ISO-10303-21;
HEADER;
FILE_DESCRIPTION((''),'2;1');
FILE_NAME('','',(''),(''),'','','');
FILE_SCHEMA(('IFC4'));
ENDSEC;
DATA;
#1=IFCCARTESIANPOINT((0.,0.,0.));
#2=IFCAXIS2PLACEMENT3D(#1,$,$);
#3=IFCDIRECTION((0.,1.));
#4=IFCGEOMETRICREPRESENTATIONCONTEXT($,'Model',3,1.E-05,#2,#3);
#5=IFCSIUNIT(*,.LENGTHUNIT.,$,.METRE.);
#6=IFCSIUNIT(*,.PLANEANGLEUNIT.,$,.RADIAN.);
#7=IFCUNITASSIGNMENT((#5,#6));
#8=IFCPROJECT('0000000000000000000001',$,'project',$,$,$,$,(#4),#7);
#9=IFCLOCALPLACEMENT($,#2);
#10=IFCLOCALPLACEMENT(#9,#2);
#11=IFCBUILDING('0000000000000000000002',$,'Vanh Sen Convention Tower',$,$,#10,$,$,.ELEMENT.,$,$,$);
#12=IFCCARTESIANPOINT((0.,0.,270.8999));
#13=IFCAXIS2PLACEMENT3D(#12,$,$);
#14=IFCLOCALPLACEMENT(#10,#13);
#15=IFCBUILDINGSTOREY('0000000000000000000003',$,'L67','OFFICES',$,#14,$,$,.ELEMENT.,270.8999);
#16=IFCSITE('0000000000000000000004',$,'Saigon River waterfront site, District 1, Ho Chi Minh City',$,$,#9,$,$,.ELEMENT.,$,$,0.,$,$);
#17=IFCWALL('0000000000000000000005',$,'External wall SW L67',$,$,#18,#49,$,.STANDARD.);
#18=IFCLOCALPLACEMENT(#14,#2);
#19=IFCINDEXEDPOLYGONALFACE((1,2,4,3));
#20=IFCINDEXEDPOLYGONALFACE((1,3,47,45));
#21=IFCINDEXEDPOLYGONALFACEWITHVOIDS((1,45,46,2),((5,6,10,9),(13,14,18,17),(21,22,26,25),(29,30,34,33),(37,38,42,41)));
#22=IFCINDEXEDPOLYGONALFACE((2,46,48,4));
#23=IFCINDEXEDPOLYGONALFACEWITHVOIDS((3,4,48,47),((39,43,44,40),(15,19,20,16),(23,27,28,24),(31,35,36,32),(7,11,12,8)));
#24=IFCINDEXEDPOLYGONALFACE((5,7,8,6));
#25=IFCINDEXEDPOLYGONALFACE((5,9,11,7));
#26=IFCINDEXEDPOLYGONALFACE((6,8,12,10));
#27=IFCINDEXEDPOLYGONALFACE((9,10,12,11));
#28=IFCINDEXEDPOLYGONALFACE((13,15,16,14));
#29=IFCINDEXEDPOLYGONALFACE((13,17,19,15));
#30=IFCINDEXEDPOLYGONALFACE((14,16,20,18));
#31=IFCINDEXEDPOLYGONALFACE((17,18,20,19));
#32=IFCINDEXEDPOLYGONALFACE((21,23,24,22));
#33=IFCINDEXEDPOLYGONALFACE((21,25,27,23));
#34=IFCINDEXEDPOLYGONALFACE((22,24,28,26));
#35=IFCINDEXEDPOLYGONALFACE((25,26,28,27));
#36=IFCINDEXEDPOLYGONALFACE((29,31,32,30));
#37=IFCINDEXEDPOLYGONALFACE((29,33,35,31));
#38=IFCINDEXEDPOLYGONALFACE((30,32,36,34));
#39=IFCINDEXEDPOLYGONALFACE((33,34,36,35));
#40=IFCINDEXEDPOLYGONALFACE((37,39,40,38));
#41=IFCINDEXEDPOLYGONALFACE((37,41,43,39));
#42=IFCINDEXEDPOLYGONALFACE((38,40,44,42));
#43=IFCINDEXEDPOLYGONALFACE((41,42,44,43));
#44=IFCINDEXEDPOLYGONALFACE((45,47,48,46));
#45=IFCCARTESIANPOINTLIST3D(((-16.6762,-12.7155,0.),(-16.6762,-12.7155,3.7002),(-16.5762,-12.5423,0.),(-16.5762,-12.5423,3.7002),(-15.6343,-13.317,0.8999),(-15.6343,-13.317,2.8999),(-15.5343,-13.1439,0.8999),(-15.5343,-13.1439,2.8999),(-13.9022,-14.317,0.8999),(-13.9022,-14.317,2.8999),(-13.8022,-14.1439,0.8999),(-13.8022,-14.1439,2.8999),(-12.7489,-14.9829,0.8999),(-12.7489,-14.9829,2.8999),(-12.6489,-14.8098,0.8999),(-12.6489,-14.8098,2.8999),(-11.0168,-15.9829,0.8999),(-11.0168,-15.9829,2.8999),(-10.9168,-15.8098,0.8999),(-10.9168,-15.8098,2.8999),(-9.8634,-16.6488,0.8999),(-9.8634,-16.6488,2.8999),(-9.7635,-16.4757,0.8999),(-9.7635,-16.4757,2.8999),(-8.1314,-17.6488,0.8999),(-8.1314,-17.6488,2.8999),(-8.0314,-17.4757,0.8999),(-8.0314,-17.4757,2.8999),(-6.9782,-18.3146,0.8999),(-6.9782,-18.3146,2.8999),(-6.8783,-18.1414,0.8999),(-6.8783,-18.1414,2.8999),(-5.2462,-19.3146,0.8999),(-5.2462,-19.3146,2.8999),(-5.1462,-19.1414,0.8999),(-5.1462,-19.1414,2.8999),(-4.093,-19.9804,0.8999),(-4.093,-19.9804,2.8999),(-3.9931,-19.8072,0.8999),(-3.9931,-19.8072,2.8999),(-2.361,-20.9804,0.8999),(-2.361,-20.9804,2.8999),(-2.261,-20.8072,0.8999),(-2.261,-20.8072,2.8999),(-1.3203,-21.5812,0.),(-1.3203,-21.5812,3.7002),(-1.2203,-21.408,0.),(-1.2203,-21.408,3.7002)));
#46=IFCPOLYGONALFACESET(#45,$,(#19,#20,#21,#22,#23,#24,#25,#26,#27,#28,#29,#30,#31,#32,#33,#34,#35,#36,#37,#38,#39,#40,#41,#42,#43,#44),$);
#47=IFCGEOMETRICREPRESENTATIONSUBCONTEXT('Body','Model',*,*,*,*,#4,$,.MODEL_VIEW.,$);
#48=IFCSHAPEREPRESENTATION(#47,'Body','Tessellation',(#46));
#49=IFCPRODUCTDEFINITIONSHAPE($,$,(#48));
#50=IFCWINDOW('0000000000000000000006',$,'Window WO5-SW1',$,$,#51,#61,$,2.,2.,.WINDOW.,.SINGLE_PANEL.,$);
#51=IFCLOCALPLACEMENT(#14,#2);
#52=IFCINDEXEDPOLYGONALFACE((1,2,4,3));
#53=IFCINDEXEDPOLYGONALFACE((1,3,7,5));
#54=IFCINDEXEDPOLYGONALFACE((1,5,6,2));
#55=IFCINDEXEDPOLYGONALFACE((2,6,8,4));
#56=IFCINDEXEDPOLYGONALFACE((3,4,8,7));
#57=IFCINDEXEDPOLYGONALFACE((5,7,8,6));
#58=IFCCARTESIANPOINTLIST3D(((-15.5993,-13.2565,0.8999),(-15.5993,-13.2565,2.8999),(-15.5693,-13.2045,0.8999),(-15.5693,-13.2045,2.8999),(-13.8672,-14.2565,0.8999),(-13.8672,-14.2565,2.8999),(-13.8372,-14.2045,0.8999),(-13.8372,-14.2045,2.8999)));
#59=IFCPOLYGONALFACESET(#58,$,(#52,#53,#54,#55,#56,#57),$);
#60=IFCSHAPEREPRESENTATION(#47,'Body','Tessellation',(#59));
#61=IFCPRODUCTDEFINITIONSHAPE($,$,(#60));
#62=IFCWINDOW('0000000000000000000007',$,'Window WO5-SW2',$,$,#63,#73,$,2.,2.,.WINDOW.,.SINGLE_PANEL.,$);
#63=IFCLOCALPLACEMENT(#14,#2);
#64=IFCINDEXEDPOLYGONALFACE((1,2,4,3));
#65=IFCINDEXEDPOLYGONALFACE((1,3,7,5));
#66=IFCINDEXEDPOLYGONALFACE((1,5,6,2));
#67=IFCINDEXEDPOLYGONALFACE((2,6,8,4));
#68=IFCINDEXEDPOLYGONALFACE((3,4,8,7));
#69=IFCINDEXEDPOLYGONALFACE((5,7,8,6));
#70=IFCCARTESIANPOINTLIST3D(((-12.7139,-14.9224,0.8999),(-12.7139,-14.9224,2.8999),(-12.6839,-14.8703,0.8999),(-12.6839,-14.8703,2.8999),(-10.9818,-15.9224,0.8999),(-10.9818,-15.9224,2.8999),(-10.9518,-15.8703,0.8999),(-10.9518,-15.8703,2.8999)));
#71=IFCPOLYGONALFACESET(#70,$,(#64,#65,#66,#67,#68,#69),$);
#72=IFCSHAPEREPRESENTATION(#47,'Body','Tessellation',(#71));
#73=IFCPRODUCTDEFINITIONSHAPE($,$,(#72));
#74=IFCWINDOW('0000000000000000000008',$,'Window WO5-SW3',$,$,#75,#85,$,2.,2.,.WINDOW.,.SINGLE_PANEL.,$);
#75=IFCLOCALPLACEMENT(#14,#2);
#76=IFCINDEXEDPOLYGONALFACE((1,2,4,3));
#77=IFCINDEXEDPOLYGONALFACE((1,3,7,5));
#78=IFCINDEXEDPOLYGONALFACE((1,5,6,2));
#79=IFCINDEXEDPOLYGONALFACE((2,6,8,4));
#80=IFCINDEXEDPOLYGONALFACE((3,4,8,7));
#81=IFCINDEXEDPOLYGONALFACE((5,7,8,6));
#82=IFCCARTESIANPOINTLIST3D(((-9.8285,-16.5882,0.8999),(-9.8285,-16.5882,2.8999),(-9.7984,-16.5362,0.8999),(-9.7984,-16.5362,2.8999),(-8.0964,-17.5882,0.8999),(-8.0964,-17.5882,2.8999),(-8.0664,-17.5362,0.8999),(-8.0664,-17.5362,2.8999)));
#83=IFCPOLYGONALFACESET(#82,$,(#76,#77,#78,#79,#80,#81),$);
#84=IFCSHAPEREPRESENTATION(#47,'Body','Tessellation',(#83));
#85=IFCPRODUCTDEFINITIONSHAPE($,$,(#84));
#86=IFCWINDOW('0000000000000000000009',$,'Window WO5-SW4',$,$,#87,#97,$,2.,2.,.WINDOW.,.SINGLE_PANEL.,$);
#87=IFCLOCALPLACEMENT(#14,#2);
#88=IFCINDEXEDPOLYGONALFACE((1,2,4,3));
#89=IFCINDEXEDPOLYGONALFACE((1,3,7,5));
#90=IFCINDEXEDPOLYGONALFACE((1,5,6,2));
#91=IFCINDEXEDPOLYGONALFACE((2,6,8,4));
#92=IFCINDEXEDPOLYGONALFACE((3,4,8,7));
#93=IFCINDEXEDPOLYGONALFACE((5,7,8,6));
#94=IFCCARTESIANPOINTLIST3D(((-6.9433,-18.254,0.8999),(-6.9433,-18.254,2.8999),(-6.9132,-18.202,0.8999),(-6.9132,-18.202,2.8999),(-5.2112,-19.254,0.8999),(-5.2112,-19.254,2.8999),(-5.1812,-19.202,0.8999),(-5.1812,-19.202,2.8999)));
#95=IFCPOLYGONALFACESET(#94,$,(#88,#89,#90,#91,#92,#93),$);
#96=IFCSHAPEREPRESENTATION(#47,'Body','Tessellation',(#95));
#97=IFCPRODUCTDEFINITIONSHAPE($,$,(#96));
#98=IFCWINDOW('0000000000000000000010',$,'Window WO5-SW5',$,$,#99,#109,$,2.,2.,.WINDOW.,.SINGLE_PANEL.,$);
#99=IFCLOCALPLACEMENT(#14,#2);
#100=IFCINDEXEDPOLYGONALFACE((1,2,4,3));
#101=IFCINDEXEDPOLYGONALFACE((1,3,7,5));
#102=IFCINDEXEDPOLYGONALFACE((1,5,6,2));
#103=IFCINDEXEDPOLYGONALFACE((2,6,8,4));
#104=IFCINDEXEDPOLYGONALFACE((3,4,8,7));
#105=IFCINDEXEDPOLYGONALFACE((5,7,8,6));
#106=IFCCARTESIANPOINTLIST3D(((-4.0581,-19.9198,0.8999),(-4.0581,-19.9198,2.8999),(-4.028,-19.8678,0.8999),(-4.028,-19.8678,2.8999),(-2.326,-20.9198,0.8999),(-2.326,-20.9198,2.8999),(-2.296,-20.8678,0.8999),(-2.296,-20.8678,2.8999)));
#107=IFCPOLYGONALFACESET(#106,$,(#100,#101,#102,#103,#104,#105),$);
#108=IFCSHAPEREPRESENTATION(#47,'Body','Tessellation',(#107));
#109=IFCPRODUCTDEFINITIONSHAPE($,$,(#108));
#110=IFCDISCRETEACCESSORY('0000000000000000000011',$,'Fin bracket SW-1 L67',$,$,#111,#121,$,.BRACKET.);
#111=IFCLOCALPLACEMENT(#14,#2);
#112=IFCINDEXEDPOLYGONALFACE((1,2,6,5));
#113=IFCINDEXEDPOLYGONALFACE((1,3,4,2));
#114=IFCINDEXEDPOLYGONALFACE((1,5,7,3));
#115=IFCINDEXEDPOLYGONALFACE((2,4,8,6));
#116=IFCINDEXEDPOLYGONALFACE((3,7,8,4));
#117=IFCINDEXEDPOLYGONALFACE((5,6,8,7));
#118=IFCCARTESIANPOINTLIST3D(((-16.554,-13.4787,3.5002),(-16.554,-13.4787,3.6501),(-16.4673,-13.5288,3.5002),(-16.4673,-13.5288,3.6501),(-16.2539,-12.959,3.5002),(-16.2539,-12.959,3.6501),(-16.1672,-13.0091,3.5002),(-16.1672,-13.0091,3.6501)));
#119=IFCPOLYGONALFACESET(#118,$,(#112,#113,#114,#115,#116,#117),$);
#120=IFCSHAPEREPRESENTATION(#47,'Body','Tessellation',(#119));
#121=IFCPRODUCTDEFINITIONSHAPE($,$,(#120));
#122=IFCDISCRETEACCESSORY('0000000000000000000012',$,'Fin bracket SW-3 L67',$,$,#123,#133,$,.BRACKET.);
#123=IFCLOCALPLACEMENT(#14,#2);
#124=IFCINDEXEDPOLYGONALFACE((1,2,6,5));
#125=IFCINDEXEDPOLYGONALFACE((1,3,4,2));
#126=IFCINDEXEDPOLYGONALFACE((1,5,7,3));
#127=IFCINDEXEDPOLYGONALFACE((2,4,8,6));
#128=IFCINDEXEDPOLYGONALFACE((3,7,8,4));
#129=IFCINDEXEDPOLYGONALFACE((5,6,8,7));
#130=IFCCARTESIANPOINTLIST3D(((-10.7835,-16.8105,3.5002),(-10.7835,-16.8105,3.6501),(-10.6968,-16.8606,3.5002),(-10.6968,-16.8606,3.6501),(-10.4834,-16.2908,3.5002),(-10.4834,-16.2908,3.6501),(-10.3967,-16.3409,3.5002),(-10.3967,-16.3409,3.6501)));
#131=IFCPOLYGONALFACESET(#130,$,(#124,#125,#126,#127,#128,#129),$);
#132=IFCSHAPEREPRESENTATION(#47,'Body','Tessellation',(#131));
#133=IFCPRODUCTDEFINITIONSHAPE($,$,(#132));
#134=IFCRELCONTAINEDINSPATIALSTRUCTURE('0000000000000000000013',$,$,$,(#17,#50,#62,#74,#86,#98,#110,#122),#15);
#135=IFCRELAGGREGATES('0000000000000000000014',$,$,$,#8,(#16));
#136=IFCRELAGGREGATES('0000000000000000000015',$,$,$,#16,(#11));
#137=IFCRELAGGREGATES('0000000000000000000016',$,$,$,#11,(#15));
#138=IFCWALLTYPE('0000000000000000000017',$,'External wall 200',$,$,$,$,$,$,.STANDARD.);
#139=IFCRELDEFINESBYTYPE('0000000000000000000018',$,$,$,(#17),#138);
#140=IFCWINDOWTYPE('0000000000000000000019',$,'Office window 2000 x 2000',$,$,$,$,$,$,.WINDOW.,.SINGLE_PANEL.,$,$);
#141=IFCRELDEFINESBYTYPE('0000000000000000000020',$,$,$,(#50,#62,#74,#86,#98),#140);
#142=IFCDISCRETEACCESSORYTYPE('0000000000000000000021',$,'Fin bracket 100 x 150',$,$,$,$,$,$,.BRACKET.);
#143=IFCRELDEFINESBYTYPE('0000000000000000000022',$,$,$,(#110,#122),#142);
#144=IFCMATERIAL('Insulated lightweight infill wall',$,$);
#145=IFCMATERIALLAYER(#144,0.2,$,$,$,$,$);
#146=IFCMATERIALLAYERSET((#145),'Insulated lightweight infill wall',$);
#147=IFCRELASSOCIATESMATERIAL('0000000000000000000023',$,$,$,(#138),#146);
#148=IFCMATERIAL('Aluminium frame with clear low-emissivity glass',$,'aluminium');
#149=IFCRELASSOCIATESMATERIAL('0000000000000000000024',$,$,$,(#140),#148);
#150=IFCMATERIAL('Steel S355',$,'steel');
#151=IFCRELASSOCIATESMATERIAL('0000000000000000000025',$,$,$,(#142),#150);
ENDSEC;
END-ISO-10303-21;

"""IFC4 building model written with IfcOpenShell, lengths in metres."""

from ifc_helpers import new_model, si_unit, direction, frame, frame_2d, origin, origin_2d, place, context, subcontext, project, spatial, rectangle, extrude, material, layer, layer_set, type_object, element, fill, save


model = new_model("IFC4")

# Units and contexts
model_context = context("Model", 3, precision=1e-05, world=origin(), true_north=direction((0.0, 1.0)))
body_context = subcontext(model_context, "Body", "Model", "MODEL_VIEW")
ifc_project = project(units=[si_unit("LENGTHUNIT", "METRE"), si_unit("PLANEANGLEUNIT", "RADIAN")], contexts=[model_context])

# Site, building, storey
site_placement = place(None, origin())
site = spatial("IfcSite", under=ifc_project, at=site_placement, Name="Saigon River waterfront site, District 1, Ho Chi Minh City", CompositionType="ELEMENT", RefElevation=0.0)
building_placement = place(site_placement, origin())
building = spatial("IfcBuilding", under=site, at=building_placement, Name="Vanh Sen Convention Tower", CompositionType="ELEMENT")
storey_placement = place(building_placement, frame((0.0, 0.0, 270.8999)))
storey = spatial("IfcBuildingStorey", under=building, at=storey_placement, Name="L67", Description="OFFICES", CompositionType="ELEMENT", Elevation=270.8999)

# Wall, openings, windows
ifc_material_1 = material(Name="Insulated lightweight infill wall")
ifc_layer_1 = layer(ifc_material_1, 0.2)
ifc_layer_set_1 = layer_set([ifc_layer_1], Name="Insulated lightweight infill wall")
wall_type_1 = type_object("IfcWallType", Name="External wall 200", PredefinedType="STANDARD", material=ifc_layer_set_1)
wall_1_placement = place(storey_placement, frame((-16.6262, -12.6289, 0.0), z_axis=(0.0, 0.0, 1.0), x_axis=(0.866026, -0.499998, 0.0)))
wall_1 = element("IfcWall", 1, at=wall_1_placement, inside=storey, type_object=wall_type_1, Name="External wall SW L67", PredefinedType="STANDARD", context=body_context, shape_type="SweptSolid", body=[
    extrude(rectangle(XDim=17.7314, YDim=0.2, at=frame_2d((8.8657, 0.0))), origin(), (0.0, 0.0, 1.0), 3.7002),
])
opening_1_placement = place(wall_1_placement, frame((1.2031, 0.0, 0.8999)))
opening_1 = element("IfcOpeningElement", 2, at=opening_1_placement, cuts=wall_1, PredefinedType="OPENING", context=body_context, shape_type="SweptSolid", body=[
    extrude(rectangle(XDim=2.0, YDim=2.0, at=frame_2d((1.0, 1.0))), frame((0.0, 0.1099, 0.0), z_axis=(0.0, -1.0, 0.0), x_axis=(1.0, 0.0, 0.0)), (0.0, 0.0, 1.0), 0.22),
])
opening_2_placement = place(wall_1_placement, frame((4.5349, 0.0, 0.8999)))
opening_2 = element("IfcOpeningElement", 3, at=opening_2_placement, cuts=wall_1, PredefinedType="OPENING", context=body_context, shape_type="SweptSolid", body=[
    extrude(rectangle(XDim=2.0, YDim=2.0, at=frame_2d((1.0, 1.0))), frame((0.0, 0.1099, 0.0), z_axis=(0.0, -1.0, 0.0), x_axis=(1.0, 0.0, 0.0)), (0.0, 0.0, 1.0), 0.22),
])
opening_3_placement = place(wall_1_placement, frame((7.8667, 0.0, 0.8999)))
opening_3 = element("IfcOpeningElement", 4, at=opening_3_placement, cuts=wall_1, PredefinedType="OPENING", context=body_context, shape_type="SweptSolid", body=[
    extrude(rectangle(XDim=2.0, YDim=2.0, at=frame_2d((1.0, 1.0))), frame((0.0, 0.1099, 0.0), z_axis=(0.0, -1.0, 0.0), x_axis=(1.0, 0.0, 0.0)), (0.0, 0.0, 1.0), 0.22),
])
opening_4_placement = place(wall_1_placement, frame((11.1982, 0.0, 0.8999)))
opening_4 = element("IfcOpeningElement", 5, at=opening_4_placement, cuts=wall_1, PredefinedType="OPENING", context=body_context, shape_type="SweptSolid", body=[
    extrude(rectangle(XDim=2.0, YDim=2.0, at=frame_2d((1.0, 1.0))), frame((0.0, 0.1099, 0.0), z_axis=(0.0, -1.0, 0.0), x_axis=(1.0, 0.0, 0.0)), (0.0, 0.0, 1.0), 0.22),
])
opening_5_placement = place(wall_1_placement, frame((14.5298, 0.0, 0.8999)))
opening_5 = element("IfcOpeningElement", 6, at=opening_5_placement, cuts=wall_1, PredefinedType="OPENING", context=body_context, shape_type="SweptSolid", body=[
    extrude(rectangle(XDim=2.0, YDim=2.0, at=frame_2d((1.0, 1.0))), frame((0.0, 0.1099, 0.0), z_axis=(0.0, -1.0, 0.0), x_axis=(1.0, 0.0, 0.0)), (0.0, 0.0, 1.0), 0.22),
])
ifc_material_2 = material(Name="Aluminium frame with clear low-emissivity glass", Category="aluminium")
window_type = type_object("IfcWindowType", Name="Office window 2000 x 2000", PartitioningType="SINGLE_PANEL", PredefinedType="WINDOW", material=ifc_material_2)
window_1_placement = place(opening_1_placement, origin())
window_1 = element("IfcWindow", 7, at=window_1_placement, inside=storey, type_object=window_type, Name="Window WO5-SW1", OverallHeight=2.0, OverallWidth=2.0, PartitioningType="SINGLE_PANEL", PredefinedType="WINDOW", context=body_context, shape_type="SweptSolid", body=[
    extrude(rectangle(XDim=2.0, YDim=2.0, at=frame_2d((1.0, 1.0))), frame((0.0, 0.03, 0.0), z_axis=(0.0, -1.0, 0.0), x_axis=(1.0, 0.0, 0.0)), (0.0, 0.0, 1.0), 0.0601),
])
fill(opening_1, window_1)
window_2_placement = place(opening_2_placement, origin())
window_2 = element("IfcWindow", 8, at=window_2_placement, inside=storey, type_object=window_type, Name="Window WO5-SW2", OverallHeight=2.0, OverallWidth=2.0, PartitioningType="SINGLE_PANEL", PredefinedType="WINDOW", context=body_context, shape_type="SweptSolid", body=[
    extrude(rectangle(XDim=2.0, YDim=2.0, at=frame_2d((1.0, 1.0))), frame((0.0, 0.03, 0.0), z_axis=(0.0, -1.0, 0.0), x_axis=(1.0, 0.0, 0.0)), (0.0, 0.0, 1.0), 0.0601),
])
fill(opening_2, window_2)
window_3_placement = place(opening_3_placement, origin())
window_3 = element("IfcWindow", 9, at=window_3_placement, inside=storey, type_object=window_type, Name="Window WO5-SW3", OverallHeight=2.0, OverallWidth=2.0, PartitioningType="SINGLE_PANEL", PredefinedType="WINDOW", context=body_context, shape_type="SweptSolid", body=[
    extrude(rectangle(XDim=2.0, YDim=2.0, at=frame_2d((1.0, 1.0))), frame((0.0, 0.03, 0.0), z_axis=(0.0, -1.0, 0.0), x_axis=(1.0, 0.0, 0.0)), (0.0, 0.0, 1.0), 0.0601),
])
fill(opening_3, window_3)
window_4_placement = place(opening_4_placement, origin())
window_4 = element("IfcWindow", 10, at=window_4_placement, inside=storey, type_object=window_type, Name="Window WO5-SW4", OverallHeight=2.0, OverallWidth=2.0, PartitioningType="SINGLE_PANEL", PredefinedType="WINDOW", context=body_context, shape_type="SweptSolid", body=[
    extrude(rectangle(XDim=2.0, YDim=2.0, at=frame_2d((1.0, 1.0))), frame((0.0, 0.03, 0.0), z_axis=(0.0, -1.0, 0.0), x_axis=(1.0, 0.0, 0.0)), (0.0, 0.0, 1.0), 0.0601),
])
fill(opening_4, window_4)
window_5_placement = place(opening_5_placement, origin())
window_5 = element("IfcWindow", 11, at=window_5_placement, inside=storey, type_object=window_type, Name="Window WO5-SW5", OverallHeight=2.0, OverallWidth=2.0, PartitioningType="SINGLE_PANEL", PredefinedType="WINDOW", context=body_context, shape_type="SweptSolid", body=[
    extrude(rectangle(XDim=2.0, YDim=2.0, at=frame_2d((1.0, 1.0))), frame((0.0, 0.03, 0.0), z_axis=(0.0, -1.0, 0.0), x_axis=(1.0, 0.0, 0.0)), (0.0, 0.0, 1.0), 0.0601),
])
fill(opening_5, window_5)

# Discrete accessories
ifc_material_3 = material(Name="Steel S355", Category="steel")
discrete_accessory_type = type_object("IfcDiscreteAccessoryType", Name="Fin bracket 100 x 150", PredefinedType="BRACKET", material=ifc_material_3)
for number, where, z_axis, x_axis, name in (
    (12, (-16.3606, -13.2439, 3.5002), (0.0, 0.0, 1.0), (-0.5, -0.866025, 0.0), "Fin bracket SW-1 L67"),
    (13, (-10.5901, -16.5757, 3.5002), (0.0, 0.0, 1.0), (-0.5, -0.866025, 0.0), "Fin bracket SW-3 L67"),
):
    element("IfcDiscreteAccessory", number, at=place(storey_placement, frame(where, z_axis=z_axis, x_axis=x_axis)), inside=storey, type_object=discrete_accessory_type, Name=name, PredefinedType="BRACKET", context=body_context, shape_type="SweptSolid", body=[
        extrude(rectangle(XDim=0.6001, YDim=0.1001, at=origin_2d()), origin(), (0.0, 0.0, 1.0), 0.1499),
    ])

save(model, "model.ifc")
